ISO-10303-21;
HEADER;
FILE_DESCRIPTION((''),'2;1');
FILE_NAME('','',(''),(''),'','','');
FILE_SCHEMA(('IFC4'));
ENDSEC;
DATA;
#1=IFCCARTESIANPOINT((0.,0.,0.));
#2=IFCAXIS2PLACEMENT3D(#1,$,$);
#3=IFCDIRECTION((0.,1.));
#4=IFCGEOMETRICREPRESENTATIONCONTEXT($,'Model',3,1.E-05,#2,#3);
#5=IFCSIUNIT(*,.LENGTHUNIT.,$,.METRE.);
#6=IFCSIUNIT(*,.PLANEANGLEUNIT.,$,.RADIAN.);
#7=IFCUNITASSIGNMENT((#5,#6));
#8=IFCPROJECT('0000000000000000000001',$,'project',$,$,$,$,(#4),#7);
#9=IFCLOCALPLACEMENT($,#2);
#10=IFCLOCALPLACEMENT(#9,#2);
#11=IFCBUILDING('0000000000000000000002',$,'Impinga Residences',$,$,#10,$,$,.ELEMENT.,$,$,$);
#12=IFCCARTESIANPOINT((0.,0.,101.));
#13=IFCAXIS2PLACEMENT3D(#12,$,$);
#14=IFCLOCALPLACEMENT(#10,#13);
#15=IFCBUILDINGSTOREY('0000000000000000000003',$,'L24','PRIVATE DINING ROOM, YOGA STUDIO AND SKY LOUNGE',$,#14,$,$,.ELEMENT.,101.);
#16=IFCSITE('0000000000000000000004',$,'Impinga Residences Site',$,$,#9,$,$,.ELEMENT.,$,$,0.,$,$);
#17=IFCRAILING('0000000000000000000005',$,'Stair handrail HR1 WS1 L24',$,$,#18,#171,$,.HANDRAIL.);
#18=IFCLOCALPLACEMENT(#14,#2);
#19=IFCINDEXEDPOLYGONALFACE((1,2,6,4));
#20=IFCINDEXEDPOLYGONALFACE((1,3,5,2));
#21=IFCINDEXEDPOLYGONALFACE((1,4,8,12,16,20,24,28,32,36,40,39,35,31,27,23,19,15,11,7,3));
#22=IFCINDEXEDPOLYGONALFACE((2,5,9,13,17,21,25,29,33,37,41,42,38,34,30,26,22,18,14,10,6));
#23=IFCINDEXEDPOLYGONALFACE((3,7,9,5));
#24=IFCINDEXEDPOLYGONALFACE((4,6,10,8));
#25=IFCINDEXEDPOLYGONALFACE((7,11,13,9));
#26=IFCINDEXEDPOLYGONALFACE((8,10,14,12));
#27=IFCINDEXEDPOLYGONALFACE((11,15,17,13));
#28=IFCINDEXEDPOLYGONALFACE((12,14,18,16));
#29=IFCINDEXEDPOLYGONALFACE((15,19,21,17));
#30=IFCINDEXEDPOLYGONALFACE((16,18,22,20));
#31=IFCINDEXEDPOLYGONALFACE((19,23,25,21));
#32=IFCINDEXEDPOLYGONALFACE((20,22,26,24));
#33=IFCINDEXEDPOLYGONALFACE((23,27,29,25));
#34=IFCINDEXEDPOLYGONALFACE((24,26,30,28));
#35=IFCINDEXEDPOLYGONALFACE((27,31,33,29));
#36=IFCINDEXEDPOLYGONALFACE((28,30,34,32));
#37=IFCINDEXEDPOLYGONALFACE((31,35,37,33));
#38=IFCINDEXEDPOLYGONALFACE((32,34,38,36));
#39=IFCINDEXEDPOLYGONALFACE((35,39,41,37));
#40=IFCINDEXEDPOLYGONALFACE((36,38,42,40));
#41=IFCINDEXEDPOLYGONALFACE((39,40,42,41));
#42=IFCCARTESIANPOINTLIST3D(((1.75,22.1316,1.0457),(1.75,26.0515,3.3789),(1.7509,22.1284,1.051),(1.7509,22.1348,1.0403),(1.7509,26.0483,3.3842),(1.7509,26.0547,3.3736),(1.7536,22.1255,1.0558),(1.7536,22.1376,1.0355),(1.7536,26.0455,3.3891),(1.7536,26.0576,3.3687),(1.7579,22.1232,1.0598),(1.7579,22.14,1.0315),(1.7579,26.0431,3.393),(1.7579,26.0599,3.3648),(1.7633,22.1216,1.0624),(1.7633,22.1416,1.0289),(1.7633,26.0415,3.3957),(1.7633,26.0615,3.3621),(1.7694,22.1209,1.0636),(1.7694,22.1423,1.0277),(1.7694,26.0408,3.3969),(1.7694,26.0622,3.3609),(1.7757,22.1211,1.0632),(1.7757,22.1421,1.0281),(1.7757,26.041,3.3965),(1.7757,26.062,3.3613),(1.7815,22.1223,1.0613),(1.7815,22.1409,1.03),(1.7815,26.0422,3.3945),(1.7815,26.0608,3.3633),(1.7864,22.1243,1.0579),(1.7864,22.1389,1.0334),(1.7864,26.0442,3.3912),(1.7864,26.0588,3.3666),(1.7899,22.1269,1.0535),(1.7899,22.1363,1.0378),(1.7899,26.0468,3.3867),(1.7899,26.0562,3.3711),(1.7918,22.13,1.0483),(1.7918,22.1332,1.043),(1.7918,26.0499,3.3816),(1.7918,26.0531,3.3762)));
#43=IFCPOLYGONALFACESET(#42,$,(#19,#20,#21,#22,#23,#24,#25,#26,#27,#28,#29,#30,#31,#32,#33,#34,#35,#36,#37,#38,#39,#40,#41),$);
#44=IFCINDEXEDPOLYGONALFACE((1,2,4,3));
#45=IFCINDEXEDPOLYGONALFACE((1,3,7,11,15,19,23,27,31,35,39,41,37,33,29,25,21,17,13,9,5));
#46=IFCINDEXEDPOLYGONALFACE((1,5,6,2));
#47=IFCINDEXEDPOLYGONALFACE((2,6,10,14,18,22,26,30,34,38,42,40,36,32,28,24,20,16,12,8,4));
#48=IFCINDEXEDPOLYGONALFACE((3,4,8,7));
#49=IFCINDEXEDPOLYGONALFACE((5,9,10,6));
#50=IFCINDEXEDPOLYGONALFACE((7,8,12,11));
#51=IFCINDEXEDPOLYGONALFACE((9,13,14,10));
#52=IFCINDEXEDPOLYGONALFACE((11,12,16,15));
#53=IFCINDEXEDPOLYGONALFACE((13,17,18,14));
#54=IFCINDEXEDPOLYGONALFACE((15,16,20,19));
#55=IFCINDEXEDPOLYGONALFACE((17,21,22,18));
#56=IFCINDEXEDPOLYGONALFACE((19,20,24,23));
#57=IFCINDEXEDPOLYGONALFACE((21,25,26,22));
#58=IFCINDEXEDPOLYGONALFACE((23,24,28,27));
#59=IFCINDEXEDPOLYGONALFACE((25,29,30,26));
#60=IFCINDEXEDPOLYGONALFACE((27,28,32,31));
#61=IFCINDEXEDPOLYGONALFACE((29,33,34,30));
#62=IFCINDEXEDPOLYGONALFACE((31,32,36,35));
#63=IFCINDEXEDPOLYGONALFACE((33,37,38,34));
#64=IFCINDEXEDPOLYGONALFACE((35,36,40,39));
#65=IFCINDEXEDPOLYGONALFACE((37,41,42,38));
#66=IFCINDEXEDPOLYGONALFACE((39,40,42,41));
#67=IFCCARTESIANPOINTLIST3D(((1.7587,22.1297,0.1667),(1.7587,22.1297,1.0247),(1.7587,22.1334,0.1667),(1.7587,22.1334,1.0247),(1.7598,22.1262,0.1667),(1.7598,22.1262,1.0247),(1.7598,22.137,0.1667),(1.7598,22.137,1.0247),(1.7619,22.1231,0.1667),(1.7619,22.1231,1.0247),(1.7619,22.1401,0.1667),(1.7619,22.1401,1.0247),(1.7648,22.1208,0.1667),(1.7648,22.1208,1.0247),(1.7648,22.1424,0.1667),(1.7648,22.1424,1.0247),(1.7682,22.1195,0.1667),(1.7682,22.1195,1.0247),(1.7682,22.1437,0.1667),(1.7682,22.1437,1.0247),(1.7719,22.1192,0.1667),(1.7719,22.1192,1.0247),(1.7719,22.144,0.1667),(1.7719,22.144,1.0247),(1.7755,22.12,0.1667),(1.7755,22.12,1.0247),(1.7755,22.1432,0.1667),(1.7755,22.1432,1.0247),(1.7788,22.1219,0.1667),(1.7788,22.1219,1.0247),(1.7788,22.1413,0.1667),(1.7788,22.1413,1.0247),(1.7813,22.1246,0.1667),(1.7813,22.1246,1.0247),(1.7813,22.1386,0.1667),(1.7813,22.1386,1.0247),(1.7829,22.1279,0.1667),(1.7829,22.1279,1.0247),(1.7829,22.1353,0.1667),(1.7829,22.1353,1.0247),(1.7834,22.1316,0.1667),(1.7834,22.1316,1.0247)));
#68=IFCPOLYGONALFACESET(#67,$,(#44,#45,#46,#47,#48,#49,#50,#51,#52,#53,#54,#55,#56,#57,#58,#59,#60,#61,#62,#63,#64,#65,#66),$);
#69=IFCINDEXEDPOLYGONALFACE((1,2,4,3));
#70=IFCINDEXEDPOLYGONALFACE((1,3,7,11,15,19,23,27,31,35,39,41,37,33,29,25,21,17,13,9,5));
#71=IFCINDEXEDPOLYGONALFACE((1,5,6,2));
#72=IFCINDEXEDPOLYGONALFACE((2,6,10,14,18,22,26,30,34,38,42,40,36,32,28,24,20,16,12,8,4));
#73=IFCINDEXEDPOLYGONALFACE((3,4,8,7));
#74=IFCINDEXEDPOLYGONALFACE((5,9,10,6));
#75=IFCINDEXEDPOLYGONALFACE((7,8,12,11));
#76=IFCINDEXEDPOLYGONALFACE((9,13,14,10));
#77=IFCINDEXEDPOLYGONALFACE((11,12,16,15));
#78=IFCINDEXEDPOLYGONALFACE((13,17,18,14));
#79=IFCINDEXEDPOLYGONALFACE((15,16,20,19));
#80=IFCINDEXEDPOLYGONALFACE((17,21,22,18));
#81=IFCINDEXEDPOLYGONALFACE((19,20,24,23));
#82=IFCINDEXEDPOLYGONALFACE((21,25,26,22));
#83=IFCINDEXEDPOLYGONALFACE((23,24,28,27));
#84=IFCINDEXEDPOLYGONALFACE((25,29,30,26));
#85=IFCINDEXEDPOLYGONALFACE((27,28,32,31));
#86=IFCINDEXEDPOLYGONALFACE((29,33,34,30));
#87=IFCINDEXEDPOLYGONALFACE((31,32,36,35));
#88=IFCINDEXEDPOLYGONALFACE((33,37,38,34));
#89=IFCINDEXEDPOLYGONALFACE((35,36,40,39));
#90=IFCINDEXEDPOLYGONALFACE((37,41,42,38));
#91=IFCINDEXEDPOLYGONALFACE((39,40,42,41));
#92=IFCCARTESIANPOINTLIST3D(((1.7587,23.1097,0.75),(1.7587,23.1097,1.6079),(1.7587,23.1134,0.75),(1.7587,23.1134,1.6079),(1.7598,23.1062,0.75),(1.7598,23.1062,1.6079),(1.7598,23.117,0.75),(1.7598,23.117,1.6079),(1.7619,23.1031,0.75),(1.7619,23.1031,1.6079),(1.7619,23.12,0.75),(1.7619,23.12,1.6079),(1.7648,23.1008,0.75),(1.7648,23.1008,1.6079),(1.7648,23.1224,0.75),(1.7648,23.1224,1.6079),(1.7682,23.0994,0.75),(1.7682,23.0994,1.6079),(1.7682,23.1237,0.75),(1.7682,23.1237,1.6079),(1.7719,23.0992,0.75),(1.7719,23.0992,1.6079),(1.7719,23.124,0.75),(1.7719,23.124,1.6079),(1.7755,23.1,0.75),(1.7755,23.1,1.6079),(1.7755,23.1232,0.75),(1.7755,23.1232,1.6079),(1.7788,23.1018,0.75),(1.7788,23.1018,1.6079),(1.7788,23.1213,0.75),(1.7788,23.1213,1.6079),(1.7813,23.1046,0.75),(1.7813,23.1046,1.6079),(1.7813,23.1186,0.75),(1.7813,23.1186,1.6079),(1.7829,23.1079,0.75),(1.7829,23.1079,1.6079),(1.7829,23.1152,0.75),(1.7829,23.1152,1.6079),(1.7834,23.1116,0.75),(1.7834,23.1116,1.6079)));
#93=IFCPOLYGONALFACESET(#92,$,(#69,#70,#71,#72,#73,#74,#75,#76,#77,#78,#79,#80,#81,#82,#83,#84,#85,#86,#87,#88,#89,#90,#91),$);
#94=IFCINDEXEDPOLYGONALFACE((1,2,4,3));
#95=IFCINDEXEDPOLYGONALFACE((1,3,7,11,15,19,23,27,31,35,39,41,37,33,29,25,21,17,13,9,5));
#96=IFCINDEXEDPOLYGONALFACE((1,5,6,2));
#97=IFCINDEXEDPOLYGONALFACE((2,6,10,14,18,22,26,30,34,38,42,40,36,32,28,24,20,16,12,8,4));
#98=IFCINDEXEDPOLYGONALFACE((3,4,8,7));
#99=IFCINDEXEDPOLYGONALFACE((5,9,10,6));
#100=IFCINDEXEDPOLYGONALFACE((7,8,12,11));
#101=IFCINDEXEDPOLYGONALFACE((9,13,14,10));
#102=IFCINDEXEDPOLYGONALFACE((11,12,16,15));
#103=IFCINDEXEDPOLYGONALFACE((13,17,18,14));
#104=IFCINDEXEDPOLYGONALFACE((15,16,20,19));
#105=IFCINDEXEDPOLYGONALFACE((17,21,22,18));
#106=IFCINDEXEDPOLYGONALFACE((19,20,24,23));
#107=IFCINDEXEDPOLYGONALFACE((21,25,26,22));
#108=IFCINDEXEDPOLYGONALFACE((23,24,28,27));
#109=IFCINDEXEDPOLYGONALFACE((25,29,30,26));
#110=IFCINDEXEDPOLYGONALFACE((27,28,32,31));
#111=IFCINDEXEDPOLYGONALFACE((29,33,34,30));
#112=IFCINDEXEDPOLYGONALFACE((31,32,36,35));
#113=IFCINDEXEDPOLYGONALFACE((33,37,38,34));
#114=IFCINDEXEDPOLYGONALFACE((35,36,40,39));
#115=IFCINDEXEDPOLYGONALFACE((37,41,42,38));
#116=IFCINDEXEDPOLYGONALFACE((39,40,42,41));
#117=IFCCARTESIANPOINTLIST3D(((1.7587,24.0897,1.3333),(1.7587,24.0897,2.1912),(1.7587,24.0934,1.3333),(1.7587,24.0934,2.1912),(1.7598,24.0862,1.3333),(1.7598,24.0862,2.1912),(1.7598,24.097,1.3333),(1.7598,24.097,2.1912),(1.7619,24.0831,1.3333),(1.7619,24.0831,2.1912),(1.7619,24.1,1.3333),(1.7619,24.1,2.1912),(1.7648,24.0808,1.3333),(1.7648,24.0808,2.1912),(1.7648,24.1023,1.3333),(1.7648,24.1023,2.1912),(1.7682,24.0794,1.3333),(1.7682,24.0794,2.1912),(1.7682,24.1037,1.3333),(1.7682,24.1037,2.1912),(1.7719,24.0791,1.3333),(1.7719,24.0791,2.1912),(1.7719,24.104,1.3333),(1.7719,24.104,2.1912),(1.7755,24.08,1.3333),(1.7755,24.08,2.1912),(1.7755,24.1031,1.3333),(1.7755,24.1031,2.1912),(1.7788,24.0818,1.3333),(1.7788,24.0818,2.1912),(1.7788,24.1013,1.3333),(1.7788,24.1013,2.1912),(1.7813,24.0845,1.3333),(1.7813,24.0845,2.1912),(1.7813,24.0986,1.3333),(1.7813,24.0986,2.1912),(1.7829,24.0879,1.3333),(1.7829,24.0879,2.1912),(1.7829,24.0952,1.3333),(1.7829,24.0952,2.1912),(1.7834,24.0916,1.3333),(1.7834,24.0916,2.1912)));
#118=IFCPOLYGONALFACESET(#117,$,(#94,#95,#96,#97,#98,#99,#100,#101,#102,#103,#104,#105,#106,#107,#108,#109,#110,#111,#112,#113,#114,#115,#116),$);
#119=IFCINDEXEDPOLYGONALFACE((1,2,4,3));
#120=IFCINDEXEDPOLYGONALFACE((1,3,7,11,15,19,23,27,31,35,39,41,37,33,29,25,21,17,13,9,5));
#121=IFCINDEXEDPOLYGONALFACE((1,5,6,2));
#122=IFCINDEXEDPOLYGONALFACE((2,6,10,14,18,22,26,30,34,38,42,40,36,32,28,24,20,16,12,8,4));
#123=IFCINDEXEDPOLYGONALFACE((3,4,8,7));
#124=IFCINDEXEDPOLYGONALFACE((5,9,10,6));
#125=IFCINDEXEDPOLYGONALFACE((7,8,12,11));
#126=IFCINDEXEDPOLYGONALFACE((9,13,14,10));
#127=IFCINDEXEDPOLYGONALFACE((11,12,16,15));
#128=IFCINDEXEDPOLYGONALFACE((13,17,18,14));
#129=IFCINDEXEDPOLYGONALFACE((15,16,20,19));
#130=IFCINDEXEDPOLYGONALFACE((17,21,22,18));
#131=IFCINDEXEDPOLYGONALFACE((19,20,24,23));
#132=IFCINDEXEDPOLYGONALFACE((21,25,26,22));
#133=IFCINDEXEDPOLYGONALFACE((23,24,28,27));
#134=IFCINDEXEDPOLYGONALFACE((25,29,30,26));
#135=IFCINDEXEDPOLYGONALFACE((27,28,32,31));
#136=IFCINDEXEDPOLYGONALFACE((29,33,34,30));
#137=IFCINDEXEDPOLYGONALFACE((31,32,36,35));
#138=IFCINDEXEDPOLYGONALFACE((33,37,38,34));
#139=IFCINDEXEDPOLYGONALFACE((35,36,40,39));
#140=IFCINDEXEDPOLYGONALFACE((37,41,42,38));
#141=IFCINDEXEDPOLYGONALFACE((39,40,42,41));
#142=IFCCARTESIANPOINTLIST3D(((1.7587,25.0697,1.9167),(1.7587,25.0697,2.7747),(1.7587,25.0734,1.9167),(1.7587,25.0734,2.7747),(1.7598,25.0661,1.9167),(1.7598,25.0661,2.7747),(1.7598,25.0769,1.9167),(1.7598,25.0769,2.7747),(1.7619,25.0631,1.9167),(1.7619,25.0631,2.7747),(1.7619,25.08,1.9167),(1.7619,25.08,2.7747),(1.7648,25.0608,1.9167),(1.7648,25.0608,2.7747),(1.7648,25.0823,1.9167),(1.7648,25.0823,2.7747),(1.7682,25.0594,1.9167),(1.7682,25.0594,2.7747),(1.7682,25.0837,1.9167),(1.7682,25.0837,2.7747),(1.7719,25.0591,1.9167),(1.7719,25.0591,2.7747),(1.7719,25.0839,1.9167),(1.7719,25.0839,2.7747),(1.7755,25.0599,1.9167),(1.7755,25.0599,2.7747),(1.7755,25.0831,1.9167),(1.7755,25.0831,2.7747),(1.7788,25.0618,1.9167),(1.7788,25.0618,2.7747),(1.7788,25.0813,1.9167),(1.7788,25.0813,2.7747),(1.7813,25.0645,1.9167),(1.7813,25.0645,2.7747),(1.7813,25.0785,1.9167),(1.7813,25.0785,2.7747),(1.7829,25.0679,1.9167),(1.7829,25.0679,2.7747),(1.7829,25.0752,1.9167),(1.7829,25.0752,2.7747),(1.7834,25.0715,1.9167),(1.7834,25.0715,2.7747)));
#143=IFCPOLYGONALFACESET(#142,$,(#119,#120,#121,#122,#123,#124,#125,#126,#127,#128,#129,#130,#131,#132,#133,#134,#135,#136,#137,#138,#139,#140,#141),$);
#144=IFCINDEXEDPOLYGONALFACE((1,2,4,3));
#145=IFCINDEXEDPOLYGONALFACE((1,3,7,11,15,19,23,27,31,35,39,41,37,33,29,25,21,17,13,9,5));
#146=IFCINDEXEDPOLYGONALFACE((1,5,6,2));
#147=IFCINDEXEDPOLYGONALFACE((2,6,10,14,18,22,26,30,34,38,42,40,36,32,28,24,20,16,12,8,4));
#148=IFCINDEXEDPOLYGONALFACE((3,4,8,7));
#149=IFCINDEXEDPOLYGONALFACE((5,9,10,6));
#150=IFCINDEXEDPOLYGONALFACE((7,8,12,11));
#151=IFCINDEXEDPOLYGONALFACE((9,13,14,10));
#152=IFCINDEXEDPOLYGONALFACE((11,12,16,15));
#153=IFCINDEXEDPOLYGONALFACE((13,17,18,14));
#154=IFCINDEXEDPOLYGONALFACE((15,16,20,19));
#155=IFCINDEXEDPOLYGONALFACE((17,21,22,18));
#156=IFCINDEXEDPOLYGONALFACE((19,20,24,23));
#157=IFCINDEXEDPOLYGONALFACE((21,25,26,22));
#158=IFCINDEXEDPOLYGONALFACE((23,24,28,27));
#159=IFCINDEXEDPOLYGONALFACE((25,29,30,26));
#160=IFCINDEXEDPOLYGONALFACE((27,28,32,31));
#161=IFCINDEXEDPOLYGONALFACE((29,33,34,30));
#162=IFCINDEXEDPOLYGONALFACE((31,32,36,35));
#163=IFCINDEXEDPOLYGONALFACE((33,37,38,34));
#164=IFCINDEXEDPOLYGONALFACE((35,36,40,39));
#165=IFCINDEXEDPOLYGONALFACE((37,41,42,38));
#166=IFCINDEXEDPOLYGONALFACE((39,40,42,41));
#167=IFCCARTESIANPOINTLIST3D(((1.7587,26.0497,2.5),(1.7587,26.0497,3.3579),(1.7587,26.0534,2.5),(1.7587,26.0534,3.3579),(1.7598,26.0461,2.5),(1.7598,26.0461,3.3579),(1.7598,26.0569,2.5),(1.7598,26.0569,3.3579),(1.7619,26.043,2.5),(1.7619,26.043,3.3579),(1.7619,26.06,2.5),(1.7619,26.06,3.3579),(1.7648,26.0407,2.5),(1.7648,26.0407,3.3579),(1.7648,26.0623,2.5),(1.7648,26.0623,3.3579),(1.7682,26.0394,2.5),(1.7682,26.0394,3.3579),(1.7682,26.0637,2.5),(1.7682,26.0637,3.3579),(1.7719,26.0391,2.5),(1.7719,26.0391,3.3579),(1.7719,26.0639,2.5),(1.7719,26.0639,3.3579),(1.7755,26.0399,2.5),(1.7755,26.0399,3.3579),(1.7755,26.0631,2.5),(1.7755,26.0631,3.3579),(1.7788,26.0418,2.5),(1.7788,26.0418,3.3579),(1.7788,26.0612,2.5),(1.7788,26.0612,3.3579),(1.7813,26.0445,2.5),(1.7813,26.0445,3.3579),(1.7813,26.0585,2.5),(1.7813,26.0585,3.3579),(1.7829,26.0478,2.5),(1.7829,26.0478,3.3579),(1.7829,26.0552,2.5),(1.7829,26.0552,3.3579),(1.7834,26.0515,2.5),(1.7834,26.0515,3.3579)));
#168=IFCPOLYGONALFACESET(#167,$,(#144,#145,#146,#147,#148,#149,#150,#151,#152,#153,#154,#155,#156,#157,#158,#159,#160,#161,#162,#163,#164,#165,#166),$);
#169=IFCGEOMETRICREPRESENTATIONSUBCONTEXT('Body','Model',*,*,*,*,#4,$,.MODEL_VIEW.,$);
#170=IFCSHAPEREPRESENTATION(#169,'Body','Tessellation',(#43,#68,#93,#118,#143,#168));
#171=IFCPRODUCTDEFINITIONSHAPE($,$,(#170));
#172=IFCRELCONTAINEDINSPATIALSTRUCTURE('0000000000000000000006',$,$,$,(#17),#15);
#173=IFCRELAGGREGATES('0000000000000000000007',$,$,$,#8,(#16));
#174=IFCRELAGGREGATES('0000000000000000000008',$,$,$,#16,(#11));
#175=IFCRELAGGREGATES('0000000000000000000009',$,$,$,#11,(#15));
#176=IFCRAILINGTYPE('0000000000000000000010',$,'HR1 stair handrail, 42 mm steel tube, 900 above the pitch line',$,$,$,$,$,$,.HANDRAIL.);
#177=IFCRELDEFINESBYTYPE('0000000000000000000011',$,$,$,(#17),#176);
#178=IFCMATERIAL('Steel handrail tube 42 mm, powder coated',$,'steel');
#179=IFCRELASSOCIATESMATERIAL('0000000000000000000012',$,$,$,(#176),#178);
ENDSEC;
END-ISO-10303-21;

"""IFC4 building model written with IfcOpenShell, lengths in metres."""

from ifc_helpers import new_model, si_unit, direction, frame, origin, origin_2d, place, context, subcontext, project, spatial, circle, extrude, material, type_object, element, save


model = new_model("IFC4")

# Units and contexts
model_context = context("Model", 3, precision=1e-05, world=origin(), true_north=direction((0.0, 1.0)))
body_context = subcontext(model_context, "Body", "Model", "MODEL_VIEW")
ifc_project = project(units=[si_unit("LENGTHUNIT", "METRE"), si_unit("PLANEANGLEUNIT", "RADIAN")], contexts=[model_context])

# Site, building, storey
site_placement = place(None, origin())
site = spatial("IfcSite", under=ifc_project, at=site_placement, Name="Impinga Residences Site", CompositionType="ELEMENT", RefElevation=0.0)
building_placement = place(site_placement, origin())
building = spatial("IfcBuilding", under=site, at=building_placement, Name="Impinga Residences", CompositionType="ELEMENT")
storey_placement = place(building_placement, frame((0.0, 0.0, 101.0)))
storey = spatial("IfcBuildingStorey", under=building, at=storey_placement, Name="L24", Description="PRIVATE DINING ROOM, YOGA STUDIO AND SKY LOUNGE", CompositionType="ELEMENT", Elevation=101.0)

# Railing
ifc_material_1 = material(Name="Steel handrail tube 42 mm, powder coated", Category="steel")
railing_type_1 = type_object("IfcRailingType", Name="HR1 stair handrail, 42 mm steel tube, 900 above the pitch line", PredefinedType="HANDRAIL", material=ifc_material_1)
railing_1_placement = place(storey_placement, frame((1.771, 22.1316, 0.1667)))
element("IfcRailing", 1, at=railing_1_placement, inside=storey, type_object=railing_type_1, Name="Stair handrail HR1 WS1 L24", PredefinedType="HANDRAIL", context=body_context, shape_type="SweptSolid", body=[
    extrude(circle(Radius=0.021, at=origin_2d()), frame((0.0, 0.0, 0.8789), z_axis=(0.0, 0.859296, 0.511478), x_axis=(-1.0, 0.0, 0.0)), (0.0, 0.0, 1.0), 4.5618),
    extrude(circle(Radius=0.0125, at=origin_2d()), origin(), (0.0, 0.0, 1.0), 0.8579),
    extrude(circle(Radius=0.0125, at=origin_2d()), frame((0.0, 0.98, 0.5833)), (0.0, 0.0, 1.0), 0.8579),
    extrude(circle(Radius=0.0125, at=origin_2d()), frame((0.0, 1.96, 1.1665)), (0.0, 0.0, 1.0), 0.8579),
    extrude(circle(Radius=0.0125, at=origin_2d()), frame((0.0, 2.9399, 1.75)), (0.0, 0.0, 1.0), 0.8579),
    extrude(circle(Radius=0.0125, at=origin_2d()), frame((0.0, 3.9199, 2.3333)), (0.0, 0.0, 1.0), 0.8579),
])

save(model, "model.ifc")
